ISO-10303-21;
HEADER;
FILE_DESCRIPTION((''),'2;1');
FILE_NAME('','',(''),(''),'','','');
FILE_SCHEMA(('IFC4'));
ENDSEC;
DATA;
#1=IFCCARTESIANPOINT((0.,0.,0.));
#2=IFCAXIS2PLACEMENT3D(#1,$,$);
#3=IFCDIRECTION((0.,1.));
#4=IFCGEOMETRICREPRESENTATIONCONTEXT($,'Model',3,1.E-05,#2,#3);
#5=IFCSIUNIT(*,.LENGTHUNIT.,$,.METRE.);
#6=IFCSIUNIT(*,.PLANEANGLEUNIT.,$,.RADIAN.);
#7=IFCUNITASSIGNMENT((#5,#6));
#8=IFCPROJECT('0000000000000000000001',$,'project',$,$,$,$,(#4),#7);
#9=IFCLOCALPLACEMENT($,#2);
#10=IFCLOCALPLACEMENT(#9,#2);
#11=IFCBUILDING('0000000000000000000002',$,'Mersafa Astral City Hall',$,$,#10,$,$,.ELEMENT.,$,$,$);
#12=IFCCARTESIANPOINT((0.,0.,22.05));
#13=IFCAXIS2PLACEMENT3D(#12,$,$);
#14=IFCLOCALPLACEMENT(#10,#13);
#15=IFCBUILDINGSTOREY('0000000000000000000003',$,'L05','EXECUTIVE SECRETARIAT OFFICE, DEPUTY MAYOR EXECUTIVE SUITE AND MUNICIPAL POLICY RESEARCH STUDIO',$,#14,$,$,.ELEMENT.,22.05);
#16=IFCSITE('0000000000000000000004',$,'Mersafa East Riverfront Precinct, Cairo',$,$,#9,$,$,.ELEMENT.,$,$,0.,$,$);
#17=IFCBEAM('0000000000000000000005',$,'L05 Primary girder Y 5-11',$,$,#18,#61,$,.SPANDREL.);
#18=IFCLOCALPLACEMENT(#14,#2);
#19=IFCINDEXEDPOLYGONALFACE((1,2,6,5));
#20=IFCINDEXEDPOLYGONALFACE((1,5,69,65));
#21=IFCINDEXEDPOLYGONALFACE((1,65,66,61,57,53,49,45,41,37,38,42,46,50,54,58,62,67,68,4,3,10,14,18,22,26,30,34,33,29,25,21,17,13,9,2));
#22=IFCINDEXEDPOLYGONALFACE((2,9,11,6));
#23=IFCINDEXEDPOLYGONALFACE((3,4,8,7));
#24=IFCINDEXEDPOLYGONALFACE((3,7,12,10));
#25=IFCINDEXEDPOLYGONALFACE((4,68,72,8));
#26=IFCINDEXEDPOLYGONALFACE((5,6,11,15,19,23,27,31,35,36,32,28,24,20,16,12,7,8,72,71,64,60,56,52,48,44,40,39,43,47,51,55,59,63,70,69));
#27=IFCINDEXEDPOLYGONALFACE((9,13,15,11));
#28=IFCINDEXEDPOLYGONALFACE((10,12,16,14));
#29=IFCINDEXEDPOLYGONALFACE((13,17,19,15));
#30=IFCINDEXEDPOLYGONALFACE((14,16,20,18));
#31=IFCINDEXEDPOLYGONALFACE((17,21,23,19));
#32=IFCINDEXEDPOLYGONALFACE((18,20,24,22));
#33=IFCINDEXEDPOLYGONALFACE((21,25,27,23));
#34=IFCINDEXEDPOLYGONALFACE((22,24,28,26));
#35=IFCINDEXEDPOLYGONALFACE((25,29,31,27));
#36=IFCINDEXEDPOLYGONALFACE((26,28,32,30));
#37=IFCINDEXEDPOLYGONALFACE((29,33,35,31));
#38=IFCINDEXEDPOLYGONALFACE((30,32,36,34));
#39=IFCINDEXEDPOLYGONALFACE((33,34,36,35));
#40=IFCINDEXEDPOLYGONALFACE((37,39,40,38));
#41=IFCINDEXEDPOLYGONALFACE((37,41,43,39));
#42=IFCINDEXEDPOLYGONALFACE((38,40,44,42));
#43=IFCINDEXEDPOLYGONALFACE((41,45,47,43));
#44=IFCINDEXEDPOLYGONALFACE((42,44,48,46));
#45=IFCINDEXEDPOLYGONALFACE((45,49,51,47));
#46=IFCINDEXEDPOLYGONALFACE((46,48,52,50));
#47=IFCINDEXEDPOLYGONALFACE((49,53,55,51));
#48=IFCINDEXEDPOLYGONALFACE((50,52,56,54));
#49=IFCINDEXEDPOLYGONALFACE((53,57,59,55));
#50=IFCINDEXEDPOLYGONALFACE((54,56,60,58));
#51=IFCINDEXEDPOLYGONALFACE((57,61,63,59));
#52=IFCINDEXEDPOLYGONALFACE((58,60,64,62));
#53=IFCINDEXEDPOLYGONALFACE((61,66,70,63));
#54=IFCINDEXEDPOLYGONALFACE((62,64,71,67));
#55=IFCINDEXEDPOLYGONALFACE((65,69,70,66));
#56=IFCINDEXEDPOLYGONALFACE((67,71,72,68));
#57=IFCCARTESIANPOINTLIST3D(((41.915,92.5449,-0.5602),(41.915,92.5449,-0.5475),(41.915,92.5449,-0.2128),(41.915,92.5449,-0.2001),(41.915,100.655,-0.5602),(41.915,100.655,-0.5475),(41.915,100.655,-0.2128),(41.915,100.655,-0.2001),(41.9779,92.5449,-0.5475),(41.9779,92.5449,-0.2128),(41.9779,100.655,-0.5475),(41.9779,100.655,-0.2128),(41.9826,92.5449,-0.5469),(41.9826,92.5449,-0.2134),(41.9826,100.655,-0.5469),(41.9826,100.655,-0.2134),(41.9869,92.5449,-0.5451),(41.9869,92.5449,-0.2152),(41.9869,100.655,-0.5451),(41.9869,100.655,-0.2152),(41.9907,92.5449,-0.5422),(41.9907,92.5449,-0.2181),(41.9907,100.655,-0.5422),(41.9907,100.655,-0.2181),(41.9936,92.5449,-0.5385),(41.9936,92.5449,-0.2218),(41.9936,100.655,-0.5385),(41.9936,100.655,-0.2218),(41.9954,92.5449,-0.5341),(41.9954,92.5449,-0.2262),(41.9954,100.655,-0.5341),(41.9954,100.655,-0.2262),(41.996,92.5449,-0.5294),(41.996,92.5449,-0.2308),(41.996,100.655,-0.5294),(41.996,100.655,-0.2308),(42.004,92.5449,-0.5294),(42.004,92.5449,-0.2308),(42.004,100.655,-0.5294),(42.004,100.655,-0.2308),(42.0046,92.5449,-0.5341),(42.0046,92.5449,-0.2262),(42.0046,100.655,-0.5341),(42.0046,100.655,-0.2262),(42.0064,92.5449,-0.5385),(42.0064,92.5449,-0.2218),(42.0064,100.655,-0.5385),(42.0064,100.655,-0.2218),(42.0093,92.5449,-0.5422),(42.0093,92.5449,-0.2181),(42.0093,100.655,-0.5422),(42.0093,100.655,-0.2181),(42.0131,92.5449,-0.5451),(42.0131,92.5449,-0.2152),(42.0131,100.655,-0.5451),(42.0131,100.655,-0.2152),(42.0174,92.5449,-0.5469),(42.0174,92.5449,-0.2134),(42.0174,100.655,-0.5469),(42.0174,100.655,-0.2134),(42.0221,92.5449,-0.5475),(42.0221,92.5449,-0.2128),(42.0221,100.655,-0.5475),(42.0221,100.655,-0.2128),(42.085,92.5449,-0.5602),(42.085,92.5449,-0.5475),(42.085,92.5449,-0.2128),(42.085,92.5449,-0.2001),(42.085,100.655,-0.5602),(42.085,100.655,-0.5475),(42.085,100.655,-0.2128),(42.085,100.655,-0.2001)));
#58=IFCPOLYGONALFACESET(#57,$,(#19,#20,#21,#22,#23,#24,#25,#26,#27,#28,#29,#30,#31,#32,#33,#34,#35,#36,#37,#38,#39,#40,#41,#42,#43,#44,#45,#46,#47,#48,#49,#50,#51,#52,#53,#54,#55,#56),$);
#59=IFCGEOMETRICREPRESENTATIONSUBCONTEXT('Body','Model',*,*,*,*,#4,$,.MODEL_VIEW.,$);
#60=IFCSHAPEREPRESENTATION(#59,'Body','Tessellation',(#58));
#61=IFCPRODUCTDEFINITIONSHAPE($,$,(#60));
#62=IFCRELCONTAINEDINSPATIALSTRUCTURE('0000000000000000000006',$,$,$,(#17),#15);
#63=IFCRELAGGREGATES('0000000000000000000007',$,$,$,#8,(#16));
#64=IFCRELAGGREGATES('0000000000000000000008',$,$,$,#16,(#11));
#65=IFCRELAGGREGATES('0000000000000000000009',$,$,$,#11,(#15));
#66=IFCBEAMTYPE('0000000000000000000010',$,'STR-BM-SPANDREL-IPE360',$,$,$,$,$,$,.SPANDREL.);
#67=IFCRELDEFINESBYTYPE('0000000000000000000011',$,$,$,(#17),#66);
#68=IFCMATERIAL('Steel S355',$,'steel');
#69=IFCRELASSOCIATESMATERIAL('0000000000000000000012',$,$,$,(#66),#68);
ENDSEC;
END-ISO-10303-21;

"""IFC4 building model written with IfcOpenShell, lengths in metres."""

from ifc_helpers import new_model, si_unit, direction, frame, origin, origin_2d, place, context, subcontext, project, spatial, i_section, extrude, material, material_profile, profile_set, type_object, element, save


model = new_model("IFC4")

# Units and contexts
model_context = context("Model", 3, precision=1e-05, world=origin(), true_north=direction((0.0, 1.0)))
body_context = subcontext(model_context, "Body", "Model", "MODEL_VIEW")
ifc_project = project(units=[si_unit("LENGTHUNIT", "METRE"), si_unit("PLANEANGLEUNIT", "RADIAN")], contexts=[model_context])

# Site, building, storey
site_placement = place(None, origin())
site = spatial("IfcSite", under=ifc_project, at=site_placement, Name="Mersafa East Riverfront Precinct, Cairo", CompositionType="ELEMENT", RefElevation=0.0)
building_placement = place(site_placement, origin())
building = spatial("IfcBuilding", under=site, at=building_placement, Name="Mersafa Astral City Hall", CompositionType="ELEMENT")
storey_placement = place(building_placement, frame((0.0, 0.0, 22.05)))
storey = spatial("IfcBuildingStorey", under=building, at=storey_placement, Name="L05", Description="EXECUTIVE SECRETARIAT OFFICE, DEPUTY MAYOR EXECUTIVE SUITE AND MUNICIPAL POLICY RESEARCH STUDIO", CompositionType="ELEMENT", Elevation=22.05)

# Beam
ifc_material = material(Name="Steel S355", Category="steel")
ifc_material_profile_1 = material_profile(ifc_material, i_section(OverallWidth=0.1699, OverallDepth=0.3601, WebThickness=0.0081, FlangeThickness=0.0127, FilletRadius=0.0181, at=origin_2d()), Name="IPE 360")
ifc_profile_set_1 = profile_set([ifc_material_profile_1], Name="Steel S355")
beam_type_1 = type_object("IfcBeamType", Name="STR-BM-SPANDREL-IPE360", PredefinedType="SPANDREL", material=ifc_profile_set_1)
for number, where, z_axis, x_axis, name in (
    (1, (42.0, 92.5449, -0.3801), (0.0, 1.0, 0.0), (-1.0, 0.0, 0.0), "L05 Primary girder Y 5-11"),
):
    element("IfcBeam", number, at=place(storey_placement, frame(where, z_axis=z_axis, x_axis=x_axis)), inside=storey, type_object=beam_type_1, Name=name, PredefinedType="SPANDREL", context=body_context, shape_type="SweptSolid", body=[
        extrude(i_section(OverallWidth=0.1699, OverallDepth=0.3601, WebThickness=0.0081, FlangeThickness=0.0127, FilletRadius=0.0181, at=origin_2d()), origin(), (0.0, 0.0, 1.0), 8.1101),
    ])

save(model, "model.ifc")
